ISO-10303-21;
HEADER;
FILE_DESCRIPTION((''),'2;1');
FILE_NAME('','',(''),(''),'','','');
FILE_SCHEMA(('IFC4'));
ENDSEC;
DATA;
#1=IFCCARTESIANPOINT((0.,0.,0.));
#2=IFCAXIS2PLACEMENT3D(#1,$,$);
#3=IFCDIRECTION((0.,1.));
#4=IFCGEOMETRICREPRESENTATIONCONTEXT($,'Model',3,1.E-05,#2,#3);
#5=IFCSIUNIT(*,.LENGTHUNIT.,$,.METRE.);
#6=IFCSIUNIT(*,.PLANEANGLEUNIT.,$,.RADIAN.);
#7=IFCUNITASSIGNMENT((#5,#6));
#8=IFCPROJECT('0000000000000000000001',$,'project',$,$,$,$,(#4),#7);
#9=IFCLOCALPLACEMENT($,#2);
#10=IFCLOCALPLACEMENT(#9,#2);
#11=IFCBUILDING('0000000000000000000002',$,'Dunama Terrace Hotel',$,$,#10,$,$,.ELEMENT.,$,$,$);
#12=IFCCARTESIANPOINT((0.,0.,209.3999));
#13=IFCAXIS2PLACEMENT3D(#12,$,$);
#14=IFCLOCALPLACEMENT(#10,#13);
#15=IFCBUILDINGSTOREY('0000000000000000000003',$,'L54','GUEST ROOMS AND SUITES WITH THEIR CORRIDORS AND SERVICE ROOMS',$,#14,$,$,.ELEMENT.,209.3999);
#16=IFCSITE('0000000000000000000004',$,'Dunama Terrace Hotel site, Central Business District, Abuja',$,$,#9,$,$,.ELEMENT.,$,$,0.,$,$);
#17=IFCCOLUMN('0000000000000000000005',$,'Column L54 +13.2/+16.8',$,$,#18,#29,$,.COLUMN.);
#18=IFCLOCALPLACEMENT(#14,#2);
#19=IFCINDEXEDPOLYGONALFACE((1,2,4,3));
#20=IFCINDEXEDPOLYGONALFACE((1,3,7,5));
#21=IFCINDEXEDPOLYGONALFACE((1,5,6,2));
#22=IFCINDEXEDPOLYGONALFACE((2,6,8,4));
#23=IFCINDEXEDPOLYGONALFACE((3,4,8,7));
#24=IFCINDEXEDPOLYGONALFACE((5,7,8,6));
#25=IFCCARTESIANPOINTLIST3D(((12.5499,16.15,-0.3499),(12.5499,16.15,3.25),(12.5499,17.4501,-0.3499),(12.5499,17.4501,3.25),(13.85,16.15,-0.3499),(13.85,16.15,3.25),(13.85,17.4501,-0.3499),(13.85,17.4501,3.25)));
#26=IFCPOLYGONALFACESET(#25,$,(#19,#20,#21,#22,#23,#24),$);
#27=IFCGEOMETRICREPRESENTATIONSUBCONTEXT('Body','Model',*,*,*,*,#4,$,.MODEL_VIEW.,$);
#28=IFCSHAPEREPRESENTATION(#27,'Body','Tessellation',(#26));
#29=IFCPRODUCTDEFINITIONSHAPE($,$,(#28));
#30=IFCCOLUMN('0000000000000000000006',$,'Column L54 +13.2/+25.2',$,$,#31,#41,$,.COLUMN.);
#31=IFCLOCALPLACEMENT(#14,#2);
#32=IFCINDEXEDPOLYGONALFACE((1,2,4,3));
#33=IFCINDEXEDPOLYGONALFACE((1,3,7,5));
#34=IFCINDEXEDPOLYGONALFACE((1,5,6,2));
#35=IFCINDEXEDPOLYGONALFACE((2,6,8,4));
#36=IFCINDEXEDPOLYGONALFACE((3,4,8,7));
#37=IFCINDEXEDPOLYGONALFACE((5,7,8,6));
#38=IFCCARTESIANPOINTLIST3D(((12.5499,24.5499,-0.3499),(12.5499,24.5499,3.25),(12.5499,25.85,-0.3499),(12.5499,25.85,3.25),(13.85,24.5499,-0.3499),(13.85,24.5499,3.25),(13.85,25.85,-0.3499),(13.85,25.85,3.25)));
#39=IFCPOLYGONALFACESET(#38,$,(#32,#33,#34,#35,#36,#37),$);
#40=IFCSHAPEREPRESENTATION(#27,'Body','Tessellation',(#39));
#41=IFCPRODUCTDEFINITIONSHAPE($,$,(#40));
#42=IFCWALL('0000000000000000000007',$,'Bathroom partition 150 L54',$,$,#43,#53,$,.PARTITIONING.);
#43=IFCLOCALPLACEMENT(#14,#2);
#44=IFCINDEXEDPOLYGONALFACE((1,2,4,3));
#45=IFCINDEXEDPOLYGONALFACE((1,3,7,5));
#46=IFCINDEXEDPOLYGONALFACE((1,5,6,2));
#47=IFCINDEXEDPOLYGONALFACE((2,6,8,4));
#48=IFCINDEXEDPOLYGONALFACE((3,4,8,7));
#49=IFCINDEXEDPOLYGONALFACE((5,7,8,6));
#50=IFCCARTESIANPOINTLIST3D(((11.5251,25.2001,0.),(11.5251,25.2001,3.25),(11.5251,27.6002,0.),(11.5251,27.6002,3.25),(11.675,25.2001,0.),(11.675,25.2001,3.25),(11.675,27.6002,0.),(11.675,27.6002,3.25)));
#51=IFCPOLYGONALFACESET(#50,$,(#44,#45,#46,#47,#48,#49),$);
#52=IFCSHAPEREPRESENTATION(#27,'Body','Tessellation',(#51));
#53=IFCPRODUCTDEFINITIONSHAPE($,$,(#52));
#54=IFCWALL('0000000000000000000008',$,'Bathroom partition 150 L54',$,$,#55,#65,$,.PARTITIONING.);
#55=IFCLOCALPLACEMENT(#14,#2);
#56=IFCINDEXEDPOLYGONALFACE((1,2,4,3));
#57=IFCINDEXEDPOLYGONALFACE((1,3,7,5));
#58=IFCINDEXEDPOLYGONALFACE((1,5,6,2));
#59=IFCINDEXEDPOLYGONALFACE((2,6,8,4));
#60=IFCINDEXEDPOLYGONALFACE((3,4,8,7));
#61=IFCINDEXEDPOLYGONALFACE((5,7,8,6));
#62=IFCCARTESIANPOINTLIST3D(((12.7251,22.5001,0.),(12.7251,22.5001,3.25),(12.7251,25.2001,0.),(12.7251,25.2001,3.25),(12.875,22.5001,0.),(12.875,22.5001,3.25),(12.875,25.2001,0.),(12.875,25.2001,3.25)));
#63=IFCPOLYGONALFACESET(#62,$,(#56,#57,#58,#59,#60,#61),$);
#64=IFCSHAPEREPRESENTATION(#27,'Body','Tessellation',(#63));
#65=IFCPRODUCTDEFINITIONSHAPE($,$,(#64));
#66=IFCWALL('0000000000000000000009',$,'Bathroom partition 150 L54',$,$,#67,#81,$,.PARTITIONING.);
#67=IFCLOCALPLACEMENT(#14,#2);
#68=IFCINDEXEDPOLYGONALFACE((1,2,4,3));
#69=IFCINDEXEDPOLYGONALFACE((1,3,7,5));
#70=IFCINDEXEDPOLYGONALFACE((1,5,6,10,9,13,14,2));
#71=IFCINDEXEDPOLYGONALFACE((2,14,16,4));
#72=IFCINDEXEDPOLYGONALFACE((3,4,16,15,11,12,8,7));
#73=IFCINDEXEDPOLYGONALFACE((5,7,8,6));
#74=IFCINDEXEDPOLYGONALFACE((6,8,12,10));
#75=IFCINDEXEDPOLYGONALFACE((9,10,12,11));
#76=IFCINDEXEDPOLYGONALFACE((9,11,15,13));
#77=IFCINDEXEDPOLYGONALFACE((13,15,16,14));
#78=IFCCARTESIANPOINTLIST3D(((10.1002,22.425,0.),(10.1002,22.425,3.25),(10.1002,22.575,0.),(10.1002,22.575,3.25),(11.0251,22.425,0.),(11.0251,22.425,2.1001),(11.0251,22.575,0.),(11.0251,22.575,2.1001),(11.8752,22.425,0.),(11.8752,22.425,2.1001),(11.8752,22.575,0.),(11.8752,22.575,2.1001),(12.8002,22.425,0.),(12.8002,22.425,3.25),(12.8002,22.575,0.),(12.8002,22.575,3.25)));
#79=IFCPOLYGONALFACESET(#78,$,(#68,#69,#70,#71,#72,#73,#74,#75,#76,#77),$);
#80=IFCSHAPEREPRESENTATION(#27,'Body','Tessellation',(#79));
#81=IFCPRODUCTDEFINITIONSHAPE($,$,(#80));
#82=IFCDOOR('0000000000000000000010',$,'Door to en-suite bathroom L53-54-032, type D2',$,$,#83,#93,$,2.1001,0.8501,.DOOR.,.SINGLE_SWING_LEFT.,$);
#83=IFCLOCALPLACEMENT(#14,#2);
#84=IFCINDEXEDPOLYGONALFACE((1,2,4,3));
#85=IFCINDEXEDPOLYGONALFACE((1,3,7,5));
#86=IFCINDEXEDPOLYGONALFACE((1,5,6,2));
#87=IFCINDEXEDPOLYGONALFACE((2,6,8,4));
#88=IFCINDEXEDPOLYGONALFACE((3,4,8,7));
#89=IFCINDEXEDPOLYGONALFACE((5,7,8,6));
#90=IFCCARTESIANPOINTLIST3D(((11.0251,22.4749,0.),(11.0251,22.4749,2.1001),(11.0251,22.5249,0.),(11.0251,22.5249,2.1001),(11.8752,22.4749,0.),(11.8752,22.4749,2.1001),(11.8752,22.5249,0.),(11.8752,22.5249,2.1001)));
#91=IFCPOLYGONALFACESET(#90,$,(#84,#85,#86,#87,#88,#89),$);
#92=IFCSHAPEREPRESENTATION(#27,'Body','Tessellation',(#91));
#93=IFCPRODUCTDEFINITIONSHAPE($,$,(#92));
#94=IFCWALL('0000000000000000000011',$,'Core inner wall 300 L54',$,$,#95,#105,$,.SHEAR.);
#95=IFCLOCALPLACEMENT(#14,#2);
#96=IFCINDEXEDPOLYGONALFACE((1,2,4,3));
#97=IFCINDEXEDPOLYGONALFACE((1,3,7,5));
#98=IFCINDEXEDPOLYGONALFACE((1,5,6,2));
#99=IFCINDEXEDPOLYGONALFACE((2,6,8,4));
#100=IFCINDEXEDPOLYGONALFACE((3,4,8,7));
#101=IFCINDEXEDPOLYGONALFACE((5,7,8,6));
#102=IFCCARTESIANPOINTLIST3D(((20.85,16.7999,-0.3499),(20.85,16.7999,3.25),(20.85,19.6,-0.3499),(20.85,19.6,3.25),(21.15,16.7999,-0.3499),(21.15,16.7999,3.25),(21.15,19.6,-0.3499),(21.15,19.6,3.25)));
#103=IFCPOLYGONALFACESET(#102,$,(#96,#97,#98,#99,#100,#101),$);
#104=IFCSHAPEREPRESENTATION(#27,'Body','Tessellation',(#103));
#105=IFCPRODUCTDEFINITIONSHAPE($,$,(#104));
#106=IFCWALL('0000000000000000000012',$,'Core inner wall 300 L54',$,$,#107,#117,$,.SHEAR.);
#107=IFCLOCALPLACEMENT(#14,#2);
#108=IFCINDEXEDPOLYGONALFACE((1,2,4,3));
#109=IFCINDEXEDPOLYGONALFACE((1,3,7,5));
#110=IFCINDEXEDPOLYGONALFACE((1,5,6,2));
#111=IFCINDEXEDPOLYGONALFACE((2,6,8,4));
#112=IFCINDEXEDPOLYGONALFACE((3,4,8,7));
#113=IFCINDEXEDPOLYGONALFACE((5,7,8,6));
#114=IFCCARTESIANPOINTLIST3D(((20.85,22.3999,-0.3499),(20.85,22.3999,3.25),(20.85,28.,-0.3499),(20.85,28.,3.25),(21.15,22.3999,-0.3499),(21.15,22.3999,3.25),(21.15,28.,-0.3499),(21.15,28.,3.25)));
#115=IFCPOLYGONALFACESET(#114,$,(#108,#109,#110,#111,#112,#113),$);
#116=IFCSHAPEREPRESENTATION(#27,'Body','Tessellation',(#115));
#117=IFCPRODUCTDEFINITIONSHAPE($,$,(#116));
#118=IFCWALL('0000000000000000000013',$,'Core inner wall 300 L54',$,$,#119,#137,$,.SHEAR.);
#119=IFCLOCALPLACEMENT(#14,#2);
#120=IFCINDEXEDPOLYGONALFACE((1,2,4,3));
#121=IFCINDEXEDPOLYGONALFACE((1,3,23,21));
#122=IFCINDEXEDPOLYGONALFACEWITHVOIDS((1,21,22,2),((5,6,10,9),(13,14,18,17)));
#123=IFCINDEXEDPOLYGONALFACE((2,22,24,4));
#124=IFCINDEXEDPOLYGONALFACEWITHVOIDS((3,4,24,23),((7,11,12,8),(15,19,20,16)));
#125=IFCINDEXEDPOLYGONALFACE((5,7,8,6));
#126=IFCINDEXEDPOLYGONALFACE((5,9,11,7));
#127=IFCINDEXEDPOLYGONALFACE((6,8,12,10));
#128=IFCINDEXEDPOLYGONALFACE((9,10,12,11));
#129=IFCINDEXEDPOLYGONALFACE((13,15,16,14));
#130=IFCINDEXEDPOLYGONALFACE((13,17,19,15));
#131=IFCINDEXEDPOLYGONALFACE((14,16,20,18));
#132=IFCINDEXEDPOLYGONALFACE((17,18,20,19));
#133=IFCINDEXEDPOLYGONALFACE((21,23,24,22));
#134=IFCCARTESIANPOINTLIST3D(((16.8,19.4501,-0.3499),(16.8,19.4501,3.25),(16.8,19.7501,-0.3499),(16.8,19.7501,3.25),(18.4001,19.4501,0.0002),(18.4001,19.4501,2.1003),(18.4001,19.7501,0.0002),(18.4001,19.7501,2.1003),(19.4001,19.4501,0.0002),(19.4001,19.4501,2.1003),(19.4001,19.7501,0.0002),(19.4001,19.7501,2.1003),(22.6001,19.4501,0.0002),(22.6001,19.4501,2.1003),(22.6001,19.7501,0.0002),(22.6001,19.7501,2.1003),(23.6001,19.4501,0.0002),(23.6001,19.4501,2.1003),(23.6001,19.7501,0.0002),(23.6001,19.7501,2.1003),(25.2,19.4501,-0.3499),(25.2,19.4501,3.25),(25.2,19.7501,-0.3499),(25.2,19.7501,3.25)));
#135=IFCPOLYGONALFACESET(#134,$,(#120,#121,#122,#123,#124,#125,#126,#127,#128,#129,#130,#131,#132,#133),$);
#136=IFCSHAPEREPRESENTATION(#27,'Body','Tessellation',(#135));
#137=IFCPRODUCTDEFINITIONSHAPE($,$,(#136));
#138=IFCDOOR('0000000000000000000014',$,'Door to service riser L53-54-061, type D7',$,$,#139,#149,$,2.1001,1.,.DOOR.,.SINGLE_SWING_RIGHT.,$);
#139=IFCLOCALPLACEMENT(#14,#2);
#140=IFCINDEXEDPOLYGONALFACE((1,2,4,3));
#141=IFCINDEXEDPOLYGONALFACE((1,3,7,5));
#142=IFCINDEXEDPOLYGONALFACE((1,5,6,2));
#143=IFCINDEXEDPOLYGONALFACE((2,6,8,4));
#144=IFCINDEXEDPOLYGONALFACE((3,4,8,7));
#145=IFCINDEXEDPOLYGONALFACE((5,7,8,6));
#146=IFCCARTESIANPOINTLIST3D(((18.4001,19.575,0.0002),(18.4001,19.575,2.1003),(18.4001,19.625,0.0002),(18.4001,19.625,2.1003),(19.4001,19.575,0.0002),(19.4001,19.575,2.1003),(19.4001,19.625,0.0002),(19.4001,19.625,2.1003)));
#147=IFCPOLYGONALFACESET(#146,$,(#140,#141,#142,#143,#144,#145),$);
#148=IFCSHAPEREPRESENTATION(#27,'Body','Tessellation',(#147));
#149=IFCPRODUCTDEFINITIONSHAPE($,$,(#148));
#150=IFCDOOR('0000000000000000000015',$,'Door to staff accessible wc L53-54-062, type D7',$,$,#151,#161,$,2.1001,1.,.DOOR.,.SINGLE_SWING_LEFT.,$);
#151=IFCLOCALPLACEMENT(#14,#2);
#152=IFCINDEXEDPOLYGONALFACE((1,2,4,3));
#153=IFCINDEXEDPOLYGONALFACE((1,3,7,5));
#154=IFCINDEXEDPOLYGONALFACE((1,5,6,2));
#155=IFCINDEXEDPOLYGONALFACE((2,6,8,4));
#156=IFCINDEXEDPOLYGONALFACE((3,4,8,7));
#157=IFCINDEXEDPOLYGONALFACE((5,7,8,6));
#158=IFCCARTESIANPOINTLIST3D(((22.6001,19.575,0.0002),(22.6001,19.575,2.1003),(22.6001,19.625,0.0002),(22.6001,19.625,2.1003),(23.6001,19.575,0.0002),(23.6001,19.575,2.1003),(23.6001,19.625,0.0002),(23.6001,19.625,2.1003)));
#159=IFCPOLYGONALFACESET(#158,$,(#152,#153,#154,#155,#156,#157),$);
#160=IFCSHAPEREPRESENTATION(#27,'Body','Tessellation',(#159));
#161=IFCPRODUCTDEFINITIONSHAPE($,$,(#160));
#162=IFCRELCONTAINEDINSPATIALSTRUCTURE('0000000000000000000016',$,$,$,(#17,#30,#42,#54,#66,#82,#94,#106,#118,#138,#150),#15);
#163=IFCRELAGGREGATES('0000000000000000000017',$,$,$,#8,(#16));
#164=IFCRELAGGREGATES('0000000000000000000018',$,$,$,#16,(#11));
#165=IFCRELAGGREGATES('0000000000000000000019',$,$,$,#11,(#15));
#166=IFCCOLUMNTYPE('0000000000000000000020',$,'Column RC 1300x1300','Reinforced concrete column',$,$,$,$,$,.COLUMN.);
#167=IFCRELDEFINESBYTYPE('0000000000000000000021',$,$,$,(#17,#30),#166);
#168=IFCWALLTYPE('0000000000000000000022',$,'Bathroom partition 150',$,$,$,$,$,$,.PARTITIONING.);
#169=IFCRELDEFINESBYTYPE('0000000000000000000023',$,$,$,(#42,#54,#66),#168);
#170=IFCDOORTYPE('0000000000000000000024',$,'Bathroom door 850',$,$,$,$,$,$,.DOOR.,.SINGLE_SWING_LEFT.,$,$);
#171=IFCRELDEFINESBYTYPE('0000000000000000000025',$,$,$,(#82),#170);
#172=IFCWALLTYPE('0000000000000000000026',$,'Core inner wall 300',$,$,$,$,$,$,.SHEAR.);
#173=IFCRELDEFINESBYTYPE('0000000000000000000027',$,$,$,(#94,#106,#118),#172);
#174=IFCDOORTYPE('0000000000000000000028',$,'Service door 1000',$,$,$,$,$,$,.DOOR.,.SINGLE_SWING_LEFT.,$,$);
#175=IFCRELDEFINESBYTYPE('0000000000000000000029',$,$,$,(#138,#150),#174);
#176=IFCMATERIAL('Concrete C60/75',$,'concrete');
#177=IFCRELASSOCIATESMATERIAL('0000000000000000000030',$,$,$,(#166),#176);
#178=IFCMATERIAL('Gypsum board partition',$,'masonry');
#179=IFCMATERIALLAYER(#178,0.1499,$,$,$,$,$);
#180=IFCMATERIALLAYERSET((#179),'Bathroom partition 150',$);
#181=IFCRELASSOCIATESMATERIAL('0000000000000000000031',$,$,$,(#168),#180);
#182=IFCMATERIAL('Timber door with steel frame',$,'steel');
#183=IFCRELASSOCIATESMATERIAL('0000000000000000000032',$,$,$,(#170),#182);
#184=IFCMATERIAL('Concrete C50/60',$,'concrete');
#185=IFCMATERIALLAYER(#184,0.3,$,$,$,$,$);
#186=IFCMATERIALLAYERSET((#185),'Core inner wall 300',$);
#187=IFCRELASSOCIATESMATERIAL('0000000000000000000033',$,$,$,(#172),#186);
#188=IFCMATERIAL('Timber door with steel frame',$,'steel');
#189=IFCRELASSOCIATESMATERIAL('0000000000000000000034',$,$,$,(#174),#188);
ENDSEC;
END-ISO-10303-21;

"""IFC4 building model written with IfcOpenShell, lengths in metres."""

from ifc_helpers import new_model, si_unit, direction, frame, frame_2d, origin, origin_2d, place, context, subcontext, project, spatial, rectangle, extrude, material, layer, layer_set, material_profile, profile_set, type_object, element, fill, save


model = new_model("IFC4")

# Units and contexts
model_context = context("Model", 3, precision=1e-05, world=origin(), true_north=direction((0.0, 1.0)))
body_context = subcontext(model_context, "Body", "Model", "MODEL_VIEW")
ifc_project = project(units=[si_unit("LENGTHUNIT", "METRE"), si_unit("PLANEANGLEUNIT", "RADIAN")], contexts=[model_context])

# Site, building, storey
site_placement = place(None, origin())
site = spatial("IfcSite", under=ifc_project, at=site_placement, Name="Dunama Terrace Hotel site, Central Business District, Abuja", CompositionType="ELEMENT", RefElevation=0.0)
building_placement = place(site_placement, origin())
building = spatial("IfcBuilding", under=site, at=building_placement, Name="Dunama Terrace Hotel", CompositionType="ELEMENT")
storey_placement = place(building_placement, frame((0.0, 0.0, 209.3999)))
storey = spatial("IfcBuildingStorey", under=building, at=storey_placement, Name="L54", Description="GUEST ROOMS AND SUITES WITH THEIR CORRIDORS AND SERVICE ROOMS", CompositionType="ELEMENT", Elevation=209.3999)

# Columns
ifc_material_1 = material(Name="Concrete C60/75", Category="concrete")
ifc_material_profile = material_profile(ifc_material_1, rectangle(XDim=1.3, YDim=1.3, at=origin_2d()), Name="RC 1300x1300")
ifc_profile_set = profile_set([ifc_material_profile], Name="Concrete C60/75")
column_type = type_object("IfcColumnType", Name="Column RC 1300x1300", Description="Reinforced concrete column", PredefinedType="COLUMN", material=ifc_profile_set)
for number, where, z_axis, x_axis, name in (
    (1, (13.2, 16.8, -0.3499), (0.0, 0.0, 1.0), (1.0, 0.0, 0.0), "Column L54 +13.2/+16.8"),
    (2, (13.2, 25.2, -0.3499), (0.0, 0.0, 1.0), (1.0, 0.0, 0.0), "Column L54 +13.2/+25.2"),
):
    element("IfcColumn", number, at=place(storey_placement, frame(where, z_axis=z_axis, x_axis=x_axis)), inside=storey, type_object=column_type, Name=name, PredefinedType="COLUMN", context=body_context, shape_type="SweptSolid", body=[
        extrude(rectangle(XDim=1.3, YDim=1.3, at=origin_2d()), origin(), (0.0, 0.0, 1.0), 3.5999),
    ])

# Walls
ifc_material_2 = material(Name="Gypsum board partition", Category="masonry")
ifc_layer_1 = layer(ifc_material_2, 0.1499)
ifc_layer_set_1 = layer_set([ifc_layer_1], Name="Bathroom partition 150")
wall_type_1 = type_object("IfcWallType", Name="Bathroom partition 150", PredefinedType="PARTITIONING", material=ifc_layer_set_1)
wall_1_placement = place(storey_placement, frame((11.6001, 25.2, 0.0), z_axis=(0.0, 0.0, 1.0), x_axis=(0.0, 1.0, 0.0)))
element("IfcWall", 3, at=wall_1_placement, inside=storey, type_object=wall_type_1, Name="Bathroom partition 150 L54", PredefinedType="PARTITIONING", context=body_context, shape_type="SweptSolid", body=[
    extrude(rectangle(XDim=2.4001, YDim=0.1499, at=frame_2d((1.2002, 0.0))), origin(), (0.0, 0.0, 1.0), 3.25),
])
wall_2_placement = place(storey_placement, frame((12.8, 22.5, 0.0), z_axis=(0.0, 0.0, 1.0), x_axis=(0.0, 1.0, 0.0)))
element("IfcWall", 4, at=wall_2_placement, inside=storey, type_object=wall_type_1, Name="Bathroom partition 150 L54", PredefinedType="PARTITIONING", context=body_context, shape_type="SweptSolid", body=[
    extrude(rectangle(XDim=2.7, YDim=0.1499, at=frame_2d((1.3501, 0.0))), origin(), (0.0, 0.0, 1.0), 3.25),
])

# Wall, opening, door
wall_3_placement = place(storey_placement, frame((10.1001, 22.5, 0.0), z_axis=(0.0, 0.0, 1.0), x_axis=(1.0, 0.0, 0.0)))
wall_3 = element("IfcWall", 5, at=wall_3_placement, inside=storey, type_object=wall_type_1, Name="Bathroom partition 150 L54", PredefinedType="PARTITIONING", context=body_context, shape_type="SweptSolid", body=[
    extrude(rectangle(XDim=2.7, YDim=0.1499, at=frame_2d((1.3501, 0.0))), origin(), (0.0, 0.0, 1.0), 3.25),
])
opening_1_placement = place(wall_3_placement, frame((0.925, 0.0, 0.0)))
opening_1 = element("IfcOpeningElement", 6, at=opening_1_placement, cuts=wall_3, PredefinedType="OPENING", context=body_context, shape_type="SweptSolid", body=[
    extrude(rectangle(XDim=0.8501, YDim=2.1001, at=frame_2d((0.425, 1.05))), frame((0.0, 0.085, 0.0), z_axis=(0.0, -1.0, 0.0), x_axis=(1.0, 0.0, 0.0)), (0.0, 0.0, 1.0), 0.1699),
])
ifc_material_3 = material(Name="Timber door with steel frame", Category="steel")
door_type_1 = type_object("IfcDoorType", Name="Bathroom door 850", OperationType="SINGLE_SWING_LEFT", PredefinedType="DOOR", material=ifc_material_3)
door_1_placement = place(opening_1_placement, origin())
door_1 = element("IfcDoor", 7, at=door_1_placement, inside=storey, type_object=door_type_1, Name="Door to en-suite bathroom L53-54-032, type D2", OperationType="SINGLE_SWING_LEFT", OverallHeight=2.1001, OverallWidth=0.8501, PredefinedType="DOOR", context=body_context, shape_type="SweptSolid", body=[
    extrude(rectangle(XDim=0.8501, YDim=2.1001, at=frame_2d((0.425, 1.05))), frame((0.0, 0.0249, 0.0), z_axis=(0.0, -1.0, 0.0), x_axis=(1.0, 0.0, 0.0)), (0.0, 0.0, 1.0), 0.05),
])
fill(opening_1, door_1)

# Walls
ifc_material_4 = material(Name="Concrete C50/60", Category="concrete")
ifc_layer_2 = layer(ifc_material_4, 0.3)
ifc_layer_set_2 = layer_set([ifc_layer_2], Name="Core inner wall 300")
wall_type_2 = type_object("IfcWallType", Name="Core inner wall 300", PredefinedType="SHEAR", material=ifc_layer_set_2)
wall_4_placement = place(storey_placement, frame((21.0, 16.8, -0.3499), z_axis=(0.0, 0.0, 1.0), x_axis=(0.0, 1.0, 0.0)))
element("IfcWall", 8, at=wall_4_placement, inside=storey, type_object=wall_type_2, Name="Core inner wall 300 L54", PredefinedType="SHEAR", context=body_context, shape_type="SweptSolid", body=[
    extrude(rectangle(XDim=2.8, YDim=0.3, at=frame_2d((1.3999, 0.0))), origin(), (0.0, 0.0, 1.0), 3.5999),
])
wall_5_placement = place(storey_placement, frame((21.0, 22.3999, -0.3499), z_axis=(0.0, 0.0, 1.0), x_axis=(0.0, 1.0, 0.0)))
element("IfcWall", 9, at=wall_5_placement, inside=storey, type_object=wall_type_2, Name="Core inner wall 300 L54", PredefinedType="SHEAR", context=body_context, shape_type="SweptSolid", body=[
    extrude(rectangle(XDim=5.6001, YDim=0.3, at=frame_2d((2.8, 0.0))), origin(), (0.0, 0.0, 1.0), 3.5999),
])

# Wall, openings, doors
wall_6_placement = place(storey_placement, frame((16.8, 19.6001, -0.3499), z_axis=(0.0, 0.0, 1.0), x_axis=(1.0, 0.0, 0.0)))
wall_6 = element("IfcWall", 10, at=wall_6_placement, inside=storey, type_object=wall_type_2, Name="Core inner wall 300 L54", PredefinedType="SHEAR", context=body_context, shape_type="SweptSolid", body=[
    extrude(rectangle(XDim=8.3999, YDim=0.3, at=frame_2d((4.2, 0.0))), origin(), (0.0, 0.0, 1.0), 3.5999),
])
opening_2_placement = place(wall_6_placement, frame((1.6001, 0.0, 0.3501)))
opening_2 = element("IfcOpeningElement", 11, at=opening_2_placement, cuts=wall_6, PredefinedType="OPENING", context=body_context, shape_type="SweptSolid", body=[
    extrude(rectangle(XDim=1.0, YDim=2.1001, at=frame_2d((0.5, 1.05))), frame((0.0, 0.1599, 0.0), z_axis=(0.0, -1.0, 0.0), x_axis=(1.0, 0.0, 0.0)), (0.0, 0.0, 1.0), 0.3201),
])
opening_3_placement = place(wall_6_placement, frame((5.8, 0.0, 0.3501)))
opening_3 = element("IfcOpeningElement", 12, at=opening_3_placement, cuts=wall_6, PredefinedType="OPENING", context=body_context, shape_type="SweptSolid", body=[
    extrude(rectangle(XDim=1.0, YDim=2.1001, at=frame_2d((0.5, 1.05))), frame((0.0, 0.1599, 0.0), z_axis=(0.0, -1.0, 0.0), x_axis=(1.0, 0.0, 0.0)), (0.0, 0.0, 1.0), 0.3201),
])
ifc_material_5 = material(Name="Timber door with steel frame", Category="steel")
door_type_2 = type_object("IfcDoorType", Name="Service door 1000", OperationType="SINGLE_SWING_LEFT", PredefinedType="DOOR", material=ifc_material_5)
door_2_placement = place(opening_2_placement, frame((1.0, 0.0, 0.0), z_axis=(0.0, 0.0, 1.0), x_axis=(-1.0, 0.0, 0.0)))
door_2 = element("IfcDoor", 13, at=door_2_placement, inside=storey, type_object=door_type_2, Name="Door to service riser L53-54-061, type D7", OperationType="SINGLE_SWING_RIGHT", OverallHeight=2.1001, OverallWidth=1.0, PredefinedType="DOOR", context=body_context, shape_type="SweptSolid", body=[
    extrude(rectangle(XDim=1.0, YDim=2.1001, at=frame_2d((0.5, 1.05))), frame((0.0, 0.0251, 0.0), z_axis=(0.0, -1.0, 0.0), x_axis=(1.0, 0.0, 0.0)), (0.0, 0.0, 1.0), 0.05),
])
fill(opening_2, door_2)
door_3_placement = place(opening_3_placement, frame((1.0, 0.0, 0.0), z_axis=(0.0, 0.0, 1.0), x_axis=(-1.0, 0.0, 0.0)))
door_3 = element("IfcDoor", 14, at=door_3_placement, inside=storey, type_object=door_type_2, Name="Door to staff accessible wc L53-54-062, type D7", OperationType="SINGLE_SWING_LEFT", OverallHeight=2.1001, OverallWidth=1.0, PredefinedType="DOOR", context=body_context, shape_type="SweptSolid", body=[
    extrude(rectangle(XDim=1.0, YDim=2.1001, at=frame_2d((0.5, 1.05))), frame((0.0, 0.0251, 0.0), z_axis=(0.0, -1.0, 0.0), x_axis=(1.0, 0.0, 0.0)), (0.0, 0.0, 1.0), 0.05),
])
fill(opening_3, door_3)

save(model, "model.ifc")
